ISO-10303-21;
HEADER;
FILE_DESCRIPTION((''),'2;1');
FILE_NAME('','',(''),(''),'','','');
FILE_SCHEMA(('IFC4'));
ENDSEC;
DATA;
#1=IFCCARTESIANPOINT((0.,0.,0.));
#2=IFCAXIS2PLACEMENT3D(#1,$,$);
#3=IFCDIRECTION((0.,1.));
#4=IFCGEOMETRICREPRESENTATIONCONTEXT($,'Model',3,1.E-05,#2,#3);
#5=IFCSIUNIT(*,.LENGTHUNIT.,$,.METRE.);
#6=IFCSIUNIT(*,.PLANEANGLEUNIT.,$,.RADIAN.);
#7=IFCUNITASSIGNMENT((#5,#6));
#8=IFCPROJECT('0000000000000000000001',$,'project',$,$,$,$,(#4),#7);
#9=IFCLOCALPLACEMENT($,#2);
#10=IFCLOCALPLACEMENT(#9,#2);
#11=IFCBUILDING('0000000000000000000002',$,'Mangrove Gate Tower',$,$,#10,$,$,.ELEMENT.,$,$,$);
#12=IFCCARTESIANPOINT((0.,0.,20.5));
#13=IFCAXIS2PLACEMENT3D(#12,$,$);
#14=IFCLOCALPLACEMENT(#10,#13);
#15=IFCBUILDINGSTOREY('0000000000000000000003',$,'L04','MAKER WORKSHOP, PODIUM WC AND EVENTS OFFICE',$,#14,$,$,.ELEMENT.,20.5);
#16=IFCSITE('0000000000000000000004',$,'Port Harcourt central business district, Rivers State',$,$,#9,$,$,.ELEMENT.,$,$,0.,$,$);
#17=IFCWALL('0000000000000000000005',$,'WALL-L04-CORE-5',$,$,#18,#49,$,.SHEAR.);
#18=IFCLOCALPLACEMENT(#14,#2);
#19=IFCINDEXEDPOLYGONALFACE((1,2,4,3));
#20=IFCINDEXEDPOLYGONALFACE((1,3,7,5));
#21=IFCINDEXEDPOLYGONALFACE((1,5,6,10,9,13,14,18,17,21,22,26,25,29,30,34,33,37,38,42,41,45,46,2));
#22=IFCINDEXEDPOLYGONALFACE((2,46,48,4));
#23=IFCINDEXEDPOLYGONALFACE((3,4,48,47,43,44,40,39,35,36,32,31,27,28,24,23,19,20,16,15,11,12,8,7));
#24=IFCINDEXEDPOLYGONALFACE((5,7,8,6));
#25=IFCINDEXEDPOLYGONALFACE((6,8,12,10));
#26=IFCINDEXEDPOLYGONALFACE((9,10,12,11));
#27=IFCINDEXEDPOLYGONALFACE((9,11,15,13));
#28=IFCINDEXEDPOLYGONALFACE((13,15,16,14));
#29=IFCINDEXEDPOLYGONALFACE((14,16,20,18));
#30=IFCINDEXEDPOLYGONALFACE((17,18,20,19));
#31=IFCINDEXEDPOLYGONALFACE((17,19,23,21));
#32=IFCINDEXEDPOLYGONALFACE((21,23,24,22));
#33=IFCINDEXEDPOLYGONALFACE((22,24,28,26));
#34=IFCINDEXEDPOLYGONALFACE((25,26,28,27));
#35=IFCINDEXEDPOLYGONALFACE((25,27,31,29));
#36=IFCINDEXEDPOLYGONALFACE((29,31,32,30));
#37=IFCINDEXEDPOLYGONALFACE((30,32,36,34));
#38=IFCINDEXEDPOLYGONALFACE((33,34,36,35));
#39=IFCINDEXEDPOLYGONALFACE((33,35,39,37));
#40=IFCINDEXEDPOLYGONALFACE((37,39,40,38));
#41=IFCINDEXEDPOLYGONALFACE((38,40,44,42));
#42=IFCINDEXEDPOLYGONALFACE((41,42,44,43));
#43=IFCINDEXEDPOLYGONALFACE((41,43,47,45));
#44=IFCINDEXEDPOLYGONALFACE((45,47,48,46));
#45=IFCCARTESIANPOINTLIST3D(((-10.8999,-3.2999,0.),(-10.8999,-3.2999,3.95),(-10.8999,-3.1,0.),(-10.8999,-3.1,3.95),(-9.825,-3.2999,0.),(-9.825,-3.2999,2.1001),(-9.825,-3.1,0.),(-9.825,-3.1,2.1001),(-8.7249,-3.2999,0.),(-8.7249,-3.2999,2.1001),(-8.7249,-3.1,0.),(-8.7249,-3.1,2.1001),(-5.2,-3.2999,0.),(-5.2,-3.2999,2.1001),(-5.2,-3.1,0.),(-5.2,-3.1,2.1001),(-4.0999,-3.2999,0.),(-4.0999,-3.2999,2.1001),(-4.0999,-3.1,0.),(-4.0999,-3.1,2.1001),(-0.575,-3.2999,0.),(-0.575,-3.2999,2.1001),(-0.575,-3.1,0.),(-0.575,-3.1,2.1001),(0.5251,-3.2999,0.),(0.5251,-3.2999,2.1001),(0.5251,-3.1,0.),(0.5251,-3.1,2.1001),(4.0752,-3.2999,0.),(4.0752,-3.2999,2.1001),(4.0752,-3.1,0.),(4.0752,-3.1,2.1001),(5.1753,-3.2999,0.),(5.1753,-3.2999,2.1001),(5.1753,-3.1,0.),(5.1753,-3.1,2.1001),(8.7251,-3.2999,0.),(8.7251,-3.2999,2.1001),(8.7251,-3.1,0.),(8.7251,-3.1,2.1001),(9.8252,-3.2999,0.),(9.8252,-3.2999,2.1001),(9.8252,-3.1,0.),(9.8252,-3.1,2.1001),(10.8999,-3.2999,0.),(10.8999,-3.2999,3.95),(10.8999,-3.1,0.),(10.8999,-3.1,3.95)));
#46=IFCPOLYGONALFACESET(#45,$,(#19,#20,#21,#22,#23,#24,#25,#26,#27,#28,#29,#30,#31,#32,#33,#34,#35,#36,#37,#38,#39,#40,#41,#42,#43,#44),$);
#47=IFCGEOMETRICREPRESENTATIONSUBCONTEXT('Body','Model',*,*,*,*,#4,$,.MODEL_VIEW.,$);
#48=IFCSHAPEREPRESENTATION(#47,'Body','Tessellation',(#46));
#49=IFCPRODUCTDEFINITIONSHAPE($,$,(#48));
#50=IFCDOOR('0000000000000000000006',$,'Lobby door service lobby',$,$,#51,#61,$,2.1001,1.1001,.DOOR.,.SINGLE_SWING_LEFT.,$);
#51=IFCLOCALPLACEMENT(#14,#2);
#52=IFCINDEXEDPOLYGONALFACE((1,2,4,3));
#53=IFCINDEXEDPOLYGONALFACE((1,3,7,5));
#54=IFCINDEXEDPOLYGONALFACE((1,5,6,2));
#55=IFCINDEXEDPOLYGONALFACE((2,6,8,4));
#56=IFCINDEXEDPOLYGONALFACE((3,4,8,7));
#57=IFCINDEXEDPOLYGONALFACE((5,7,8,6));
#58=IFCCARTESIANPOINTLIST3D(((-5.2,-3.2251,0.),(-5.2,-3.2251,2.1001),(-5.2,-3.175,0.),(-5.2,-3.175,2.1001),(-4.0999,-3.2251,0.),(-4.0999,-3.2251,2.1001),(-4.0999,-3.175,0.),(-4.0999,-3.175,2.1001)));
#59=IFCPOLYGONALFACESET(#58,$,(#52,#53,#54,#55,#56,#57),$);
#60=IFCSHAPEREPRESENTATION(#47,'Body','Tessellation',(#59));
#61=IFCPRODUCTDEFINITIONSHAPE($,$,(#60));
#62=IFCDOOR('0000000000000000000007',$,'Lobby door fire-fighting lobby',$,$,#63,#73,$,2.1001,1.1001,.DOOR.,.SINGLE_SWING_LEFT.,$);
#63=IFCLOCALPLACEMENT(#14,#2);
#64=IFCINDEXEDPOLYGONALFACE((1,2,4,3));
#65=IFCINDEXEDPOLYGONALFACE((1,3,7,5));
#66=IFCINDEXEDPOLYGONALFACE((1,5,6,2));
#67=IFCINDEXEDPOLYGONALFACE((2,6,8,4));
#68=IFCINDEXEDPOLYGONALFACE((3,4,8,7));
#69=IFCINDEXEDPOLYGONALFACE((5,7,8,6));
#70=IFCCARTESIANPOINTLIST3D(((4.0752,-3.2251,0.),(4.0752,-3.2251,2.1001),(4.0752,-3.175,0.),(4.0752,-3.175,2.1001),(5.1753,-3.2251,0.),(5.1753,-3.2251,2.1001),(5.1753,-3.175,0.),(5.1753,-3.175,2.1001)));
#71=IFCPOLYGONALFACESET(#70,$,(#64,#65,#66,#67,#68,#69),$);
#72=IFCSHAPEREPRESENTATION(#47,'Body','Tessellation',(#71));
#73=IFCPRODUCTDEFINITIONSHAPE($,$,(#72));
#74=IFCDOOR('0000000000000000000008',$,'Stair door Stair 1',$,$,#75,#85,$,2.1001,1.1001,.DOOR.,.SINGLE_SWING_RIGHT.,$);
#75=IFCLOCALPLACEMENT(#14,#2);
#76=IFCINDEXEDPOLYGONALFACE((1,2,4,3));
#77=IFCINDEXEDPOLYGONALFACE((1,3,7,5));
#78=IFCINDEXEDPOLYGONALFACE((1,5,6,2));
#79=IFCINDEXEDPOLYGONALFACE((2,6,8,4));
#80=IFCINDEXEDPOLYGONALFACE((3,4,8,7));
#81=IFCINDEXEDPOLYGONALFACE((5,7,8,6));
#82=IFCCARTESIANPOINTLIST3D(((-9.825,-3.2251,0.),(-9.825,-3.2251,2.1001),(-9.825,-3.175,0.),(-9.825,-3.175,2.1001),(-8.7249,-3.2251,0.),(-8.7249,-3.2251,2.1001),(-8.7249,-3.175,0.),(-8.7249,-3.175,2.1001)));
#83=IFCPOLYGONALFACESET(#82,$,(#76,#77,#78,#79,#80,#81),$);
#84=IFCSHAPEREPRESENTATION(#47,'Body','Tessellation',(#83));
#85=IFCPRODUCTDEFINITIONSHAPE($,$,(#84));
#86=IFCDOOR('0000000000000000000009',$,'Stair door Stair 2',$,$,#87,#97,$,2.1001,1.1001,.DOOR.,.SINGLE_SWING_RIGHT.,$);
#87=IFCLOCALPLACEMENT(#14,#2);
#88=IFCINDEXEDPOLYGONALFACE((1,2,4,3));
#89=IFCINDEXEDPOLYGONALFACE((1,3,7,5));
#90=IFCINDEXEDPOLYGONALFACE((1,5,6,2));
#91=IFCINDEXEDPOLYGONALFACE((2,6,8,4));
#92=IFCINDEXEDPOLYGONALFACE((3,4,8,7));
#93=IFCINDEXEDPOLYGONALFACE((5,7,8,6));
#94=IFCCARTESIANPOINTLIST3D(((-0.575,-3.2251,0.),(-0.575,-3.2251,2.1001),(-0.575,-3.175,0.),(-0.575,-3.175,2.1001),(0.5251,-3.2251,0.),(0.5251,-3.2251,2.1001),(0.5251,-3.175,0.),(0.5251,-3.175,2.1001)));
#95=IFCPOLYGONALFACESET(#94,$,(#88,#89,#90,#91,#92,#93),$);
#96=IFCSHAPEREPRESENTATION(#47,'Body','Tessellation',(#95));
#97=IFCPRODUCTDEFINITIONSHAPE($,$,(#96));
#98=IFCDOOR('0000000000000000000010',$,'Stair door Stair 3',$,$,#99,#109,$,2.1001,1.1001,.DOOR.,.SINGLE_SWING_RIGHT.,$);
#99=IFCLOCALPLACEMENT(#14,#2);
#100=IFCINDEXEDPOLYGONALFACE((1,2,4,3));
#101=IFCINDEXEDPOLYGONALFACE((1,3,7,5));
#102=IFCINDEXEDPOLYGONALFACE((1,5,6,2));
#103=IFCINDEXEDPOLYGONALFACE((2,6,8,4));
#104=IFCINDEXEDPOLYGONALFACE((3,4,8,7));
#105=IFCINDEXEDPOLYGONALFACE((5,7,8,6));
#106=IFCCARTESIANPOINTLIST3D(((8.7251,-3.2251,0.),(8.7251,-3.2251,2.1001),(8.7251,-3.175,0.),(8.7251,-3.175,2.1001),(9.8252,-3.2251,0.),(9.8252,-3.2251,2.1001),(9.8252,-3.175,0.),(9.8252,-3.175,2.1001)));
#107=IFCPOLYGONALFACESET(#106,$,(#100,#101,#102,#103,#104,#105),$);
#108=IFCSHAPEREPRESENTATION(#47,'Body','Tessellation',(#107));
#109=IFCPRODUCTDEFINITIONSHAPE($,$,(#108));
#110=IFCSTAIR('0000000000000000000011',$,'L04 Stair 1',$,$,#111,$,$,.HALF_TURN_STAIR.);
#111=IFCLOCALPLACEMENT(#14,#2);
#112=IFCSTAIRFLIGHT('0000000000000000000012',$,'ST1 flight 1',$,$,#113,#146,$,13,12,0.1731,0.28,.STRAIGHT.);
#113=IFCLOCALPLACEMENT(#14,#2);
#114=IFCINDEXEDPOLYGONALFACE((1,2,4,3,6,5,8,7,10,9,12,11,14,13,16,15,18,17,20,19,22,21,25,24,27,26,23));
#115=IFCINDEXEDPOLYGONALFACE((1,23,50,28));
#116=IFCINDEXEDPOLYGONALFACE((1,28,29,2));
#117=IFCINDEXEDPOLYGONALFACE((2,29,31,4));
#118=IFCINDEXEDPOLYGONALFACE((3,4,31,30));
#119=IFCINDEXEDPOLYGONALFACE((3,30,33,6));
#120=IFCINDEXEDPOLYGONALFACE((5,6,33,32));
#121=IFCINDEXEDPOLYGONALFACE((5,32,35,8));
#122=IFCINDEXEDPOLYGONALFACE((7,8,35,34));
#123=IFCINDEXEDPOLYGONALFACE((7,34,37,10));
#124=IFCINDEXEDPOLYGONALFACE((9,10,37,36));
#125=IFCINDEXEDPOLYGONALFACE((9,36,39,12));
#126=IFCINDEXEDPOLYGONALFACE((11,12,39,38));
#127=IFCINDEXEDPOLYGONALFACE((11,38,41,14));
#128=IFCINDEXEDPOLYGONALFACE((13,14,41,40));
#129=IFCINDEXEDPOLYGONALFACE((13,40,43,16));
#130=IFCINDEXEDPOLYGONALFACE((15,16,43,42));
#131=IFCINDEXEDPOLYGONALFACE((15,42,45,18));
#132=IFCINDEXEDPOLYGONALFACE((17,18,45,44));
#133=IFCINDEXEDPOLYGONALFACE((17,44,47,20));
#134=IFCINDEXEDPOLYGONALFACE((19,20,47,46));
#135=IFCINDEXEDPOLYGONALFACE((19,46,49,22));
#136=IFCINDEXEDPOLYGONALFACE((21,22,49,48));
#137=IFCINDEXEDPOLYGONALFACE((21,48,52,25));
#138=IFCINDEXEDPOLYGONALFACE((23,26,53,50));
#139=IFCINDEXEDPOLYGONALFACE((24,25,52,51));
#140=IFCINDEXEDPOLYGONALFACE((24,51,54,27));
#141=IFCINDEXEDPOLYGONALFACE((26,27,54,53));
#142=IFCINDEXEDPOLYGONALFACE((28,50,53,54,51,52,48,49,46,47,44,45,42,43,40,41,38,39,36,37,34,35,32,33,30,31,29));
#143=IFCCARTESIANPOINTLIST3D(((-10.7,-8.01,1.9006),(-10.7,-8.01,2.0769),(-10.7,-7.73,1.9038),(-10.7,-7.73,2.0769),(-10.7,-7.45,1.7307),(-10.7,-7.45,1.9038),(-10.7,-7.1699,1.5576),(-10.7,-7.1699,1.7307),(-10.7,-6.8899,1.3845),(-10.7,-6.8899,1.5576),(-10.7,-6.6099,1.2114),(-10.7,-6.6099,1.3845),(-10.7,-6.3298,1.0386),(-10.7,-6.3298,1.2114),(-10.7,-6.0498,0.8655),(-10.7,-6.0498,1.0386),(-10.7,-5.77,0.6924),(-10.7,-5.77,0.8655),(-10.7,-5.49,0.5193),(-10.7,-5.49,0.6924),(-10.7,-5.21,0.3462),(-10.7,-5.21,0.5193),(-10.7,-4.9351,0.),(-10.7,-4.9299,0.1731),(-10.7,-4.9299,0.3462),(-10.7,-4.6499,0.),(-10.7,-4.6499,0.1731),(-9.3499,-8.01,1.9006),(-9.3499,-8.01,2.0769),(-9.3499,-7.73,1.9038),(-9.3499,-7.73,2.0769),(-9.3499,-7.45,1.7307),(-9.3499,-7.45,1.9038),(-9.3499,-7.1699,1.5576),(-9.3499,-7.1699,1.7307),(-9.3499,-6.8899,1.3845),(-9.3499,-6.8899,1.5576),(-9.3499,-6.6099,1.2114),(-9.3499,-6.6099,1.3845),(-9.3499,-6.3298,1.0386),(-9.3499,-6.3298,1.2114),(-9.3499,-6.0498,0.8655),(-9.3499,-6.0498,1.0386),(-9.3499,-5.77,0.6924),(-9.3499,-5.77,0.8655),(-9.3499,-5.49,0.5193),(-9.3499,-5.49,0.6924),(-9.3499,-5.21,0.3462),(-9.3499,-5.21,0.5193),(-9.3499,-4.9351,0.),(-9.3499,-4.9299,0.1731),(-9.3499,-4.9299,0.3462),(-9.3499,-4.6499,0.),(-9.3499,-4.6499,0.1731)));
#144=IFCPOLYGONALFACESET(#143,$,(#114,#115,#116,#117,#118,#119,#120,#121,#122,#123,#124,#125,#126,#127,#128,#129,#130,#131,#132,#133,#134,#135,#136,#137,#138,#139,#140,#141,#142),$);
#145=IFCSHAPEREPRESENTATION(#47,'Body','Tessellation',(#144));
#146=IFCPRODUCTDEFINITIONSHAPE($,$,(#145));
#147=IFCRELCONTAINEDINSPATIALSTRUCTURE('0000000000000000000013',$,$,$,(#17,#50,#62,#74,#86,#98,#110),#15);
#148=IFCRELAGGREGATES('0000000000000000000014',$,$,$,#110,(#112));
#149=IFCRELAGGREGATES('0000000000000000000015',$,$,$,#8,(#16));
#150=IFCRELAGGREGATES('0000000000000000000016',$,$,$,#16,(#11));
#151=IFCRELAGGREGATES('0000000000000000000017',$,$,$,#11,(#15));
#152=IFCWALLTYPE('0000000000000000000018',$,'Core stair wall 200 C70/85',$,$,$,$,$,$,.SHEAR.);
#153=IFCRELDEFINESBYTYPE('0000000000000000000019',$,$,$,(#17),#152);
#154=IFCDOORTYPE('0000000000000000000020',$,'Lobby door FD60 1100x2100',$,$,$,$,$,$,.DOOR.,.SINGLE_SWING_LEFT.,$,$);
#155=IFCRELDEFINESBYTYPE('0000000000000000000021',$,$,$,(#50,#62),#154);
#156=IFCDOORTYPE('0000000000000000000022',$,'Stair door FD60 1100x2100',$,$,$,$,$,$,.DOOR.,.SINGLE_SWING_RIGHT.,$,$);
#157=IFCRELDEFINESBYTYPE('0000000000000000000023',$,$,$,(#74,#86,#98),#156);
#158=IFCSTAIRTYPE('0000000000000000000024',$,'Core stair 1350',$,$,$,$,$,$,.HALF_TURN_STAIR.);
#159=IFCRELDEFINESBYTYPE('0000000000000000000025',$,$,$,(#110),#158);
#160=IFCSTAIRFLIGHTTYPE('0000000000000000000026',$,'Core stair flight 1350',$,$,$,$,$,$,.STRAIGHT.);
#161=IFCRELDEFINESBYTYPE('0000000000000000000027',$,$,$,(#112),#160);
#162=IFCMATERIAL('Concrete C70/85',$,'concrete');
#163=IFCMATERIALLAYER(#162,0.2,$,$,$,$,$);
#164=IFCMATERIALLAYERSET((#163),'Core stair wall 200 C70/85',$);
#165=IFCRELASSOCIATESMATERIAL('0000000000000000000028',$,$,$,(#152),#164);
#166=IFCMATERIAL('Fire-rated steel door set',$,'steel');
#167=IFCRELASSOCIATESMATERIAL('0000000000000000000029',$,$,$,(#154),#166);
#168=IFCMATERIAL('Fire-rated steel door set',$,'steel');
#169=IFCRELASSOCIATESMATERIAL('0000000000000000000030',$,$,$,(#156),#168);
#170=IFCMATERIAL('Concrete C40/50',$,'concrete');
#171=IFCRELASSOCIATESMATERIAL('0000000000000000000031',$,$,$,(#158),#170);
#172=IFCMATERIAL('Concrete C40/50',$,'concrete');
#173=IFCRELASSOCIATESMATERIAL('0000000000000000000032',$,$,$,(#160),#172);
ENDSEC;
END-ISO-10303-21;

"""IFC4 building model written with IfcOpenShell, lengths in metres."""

from ifc_helpers import new_model, si_unit, direction, frame, frame_2d, origin, place, context, subcontext, project, spatial, polyline, rectangle, outline, extrude, material, layer, layer_set, type_object, element, fill, aggregate, save


model = new_model("IFC4")

# Units and contexts
model_context = context("Model", 3, precision=1e-05, world=origin(), true_north=direction((0.0, 1.0)))
body_context = subcontext(model_context, "Body", "Model", "MODEL_VIEW")
ifc_project = project(units=[si_unit("LENGTHUNIT", "METRE"), si_unit("PLANEANGLEUNIT", "RADIAN")], contexts=[model_context])

# Site, building, storey
site_placement = place(None, origin())
site = spatial("IfcSite", under=ifc_project, at=site_placement, Name="Port Harcourt central business district, Rivers State", CompositionType="ELEMENT", RefElevation=0.0)
building_placement = place(site_placement, origin())
building = spatial("IfcBuilding", under=site, at=building_placement, Name="Mangrove Gate Tower", CompositionType="ELEMENT")
storey_placement = place(building_placement, frame((0.0, 0.0, 20.5)))
storey = spatial("IfcBuildingStorey", under=building, at=storey_placement, Name="L04", Description="MAKER WORKSHOP, PODIUM WC AND EVENTS OFFICE", CompositionType="ELEMENT", Elevation=20.5)

# Wall, openings, doors
ifc_material_1 = material(Name="Concrete C70/85", Category="concrete")
ifc_layer = layer(ifc_material_1, 0.2)
ifc_layer_set = layer_set([ifc_layer], Name="Core stair wall 200 C70/85")
wall_type = type_object("IfcWallType", Name="Core stair wall 200 C70/85", PredefinedType="SHEAR", material=ifc_layer_set)
wall_placement = place(storey_placement, frame((-10.8999, -3.2, 0.0), z_axis=(0.0, 0.0, 1.0), x_axis=(1.0, 0.0, 0.0)))
wall = element("IfcWall", 1, at=wall_placement, inside=storey, type_object=wall_type, Name="WALL-L04-CORE-5", PredefinedType="SHEAR", context=body_context, shape_type="SweptSolid", body=[
    extrude(rectangle(XDim=21.7998, YDim=0.2, at=frame_2d((10.8999, 0.0))), origin(), (0.0, 0.0, 1.0), 3.95),
])
opening_1_placement = place(wall_placement, frame((1.075, 0.0, 0.0)))
opening_1 = element("IfcOpeningElement", 2, at=opening_1_placement, cuts=wall, PredefinedType="OPENING", context=body_context, shape_type="SweptSolid", body=[
    extrude(rectangle(XDim=1.1001, YDim=2.1001, at=frame_2d((0.55, 1.05))), frame((0.0, 0.1099, 0.0), z_axis=(0.0, -1.0, 0.0), x_axis=(1.0, 0.0, 0.0)), (0.0, 0.0, 1.0), 0.22),
])
opening_2_placement = place(wall_placement, frame((10.325, 0.0, 0.0)))
opening_2 = element("IfcOpeningElement", 3, at=opening_2_placement, cuts=wall, PredefinedType="OPENING", context=body_context, shape_type="SweptSolid", body=[
    extrude(rectangle(XDim=1.1001, YDim=2.1001, at=frame_2d((0.55, 1.05))), frame((0.0, 0.1099, 0.0), z_axis=(0.0, -1.0, 0.0), x_axis=(1.0, 0.0, 0.0)), (0.0, 0.0, 1.0), 0.22),
])
opening_3_placement = place(wall_placement, frame((19.625, 0.0, 0.0)))
opening_3 = element("IfcOpeningElement", 4, at=opening_3_placement, cuts=wall, PredefinedType="OPENING", context=body_context, shape_type="SweptSolid", body=[
    extrude(rectangle(XDim=1.1001, YDim=2.1001, at=frame_2d((0.55, 1.05))), frame((0.0, 0.1099, 0.0), z_axis=(0.0, -1.0, 0.0), x_axis=(1.0, 0.0, 0.0)), (0.0, 0.0, 1.0), 0.22),
])
opening_4_placement = place(wall_placement, frame((5.7, 0.0, 0.0)))
opening_4 = element("IfcOpeningElement", 5, at=opening_4_placement, cuts=wall, PredefinedType="OPENING", context=body_context, shape_type="SweptSolid", body=[
    extrude(rectangle(XDim=1.1001, YDim=2.1001, at=frame_2d((0.55, 1.05))), frame((0.0, 0.1099, 0.0), z_axis=(0.0, -1.0, 0.0), x_axis=(1.0, 0.0, 0.0)), (0.0, 0.0, 1.0), 0.22),
])
opening_5_placement = place(wall_placement, frame((14.9751, 0.0, 0.0)))
opening_5 = element("IfcOpeningElement", 6, at=opening_5_placement, cuts=wall, PredefinedType="OPENING", context=body_context, shape_type="SweptSolid", body=[
    extrude(rectangle(XDim=1.1001, YDim=2.1001, at=frame_2d((0.55, 1.05))), frame((0.0, 0.1099, 0.0), z_axis=(0.0, -1.0, 0.0), x_axis=(1.0, 0.0, 0.0)), (0.0, 0.0, 1.0), 0.22),
])
ifc_material_2 = material(Name="Fire-rated steel door set", Category="steel")
door_type_1 = type_object("IfcDoorType", Name="Lobby door FD60 1100x2100", OperationType="SINGLE_SWING_LEFT", PredefinedType="DOOR", material=ifc_material_2)
door_1_placement = place(opening_4_placement, origin())
door_1 = element("IfcDoor", 7, at=door_1_placement, inside=storey, type_object=door_type_1, Name="Lobby door service lobby", OperationType="SINGLE_SWING_LEFT", OverallHeight=2.1001, OverallWidth=1.1001, PredefinedType="DOOR", context=body_context, shape_type="SweptSolid", body=[
    extrude(rectangle(XDim=1.1001, YDim=2.1001, at=frame_2d((0.55, 1.05))), frame((0.0, 0.0249, 0.0), z_axis=(0.0, -1.0, 0.0), x_axis=(1.0, 0.0, 0.0)), (0.0, 0.0, 1.0), 0.05),
])
fill(opening_4, door_1)
door_2_placement = place(opening_5_placement, origin())
door_2 = element("IfcDoor", 8, at=door_2_placement, inside=storey, type_object=door_type_1, Name="Lobby door fire-fighting lobby", OperationType="SINGLE_SWING_LEFT", OverallHeight=2.1001, OverallWidth=1.1001, PredefinedType="DOOR", context=body_context, shape_type="SweptSolid", body=[
    extrude(rectangle(XDim=1.1001, YDim=2.1001, at=frame_2d((0.55, 1.05))), frame((0.0, 0.0249, 0.0), z_axis=(0.0, -1.0, 0.0), x_axis=(1.0, 0.0, 0.0)), (0.0, 0.0, 1.0), 0.05),
])
fill(opening_5, door_2)
ifc_material_3 = material(Name="Fire-rated steel door set", Category="steel")
door_type_2 = type_object("IfcDoorType", Name="Stair door FD60 1100x2100", OperationType="SINGLE_SWING_RIGHT", PredefinedType="DOOR", material=ifc_material_3)
door_3_placement = place(opening_1_placement, origin())
door_3 = element("IfcDoor", 9, at=door_3_placement, inside=storey, type_object=door_type_2, Name="Stair door Stair 1", OperationType="SINGLE_SWING_RIGHT", OverallHeight=2.1001, OverallWidth=1.1001, PredefinedType="DOOR", context=body_context, shape_type="SweptSolid", body=[
    extrude(rectangle(XDim=1.1001, YDim=2.1001, at=frame_2d((0.55, 1.05))), frame((0.0, 0.0249, 0.0), z_axis=(0.0, -1.0, 0.0), x_axis=(1.0, 0.0, 0.0)), (0.0, 0.0, 1.0), 0.05),
])
fill(opening_1, door_3)
door_4_placement = place(opening_2_placement, origin())
door_4 = element("IfcDoor", 10, at=door_4_placement, inside=storey, type_object=door_type_2, Name="Stair door Stair 2", OperationType="SINGLE_SWING_RIGHT", OverallHeight=2.1001, OverallWidth=1.1001, PredefinedType="DOOR", context=body_context, shape_type="SweptSolid", body=[
    extrude(rectangle(XDim=1.1001, YDim=2.1001, at=frame_2d((0.55, 1.05))), frame((0.0, 0.0249, 0.0), z_axis=(0.0, -1.0, 0.0), x_axis=(1.0, 0.0, 0.0)), (0.0, 0.0, 1.0), 0.05),
])
fill(opening_2, door_4)
door_5_placement = place(opening_3_placement, origin())
door_5 = element("IfcDoor", 11, at=door_5_placement, inside=storey, type_object=door_type_2, Name="Stair door Stair 3", OperationType="SINGLE_SWING_RIGHT", OverallHeight=2.1001, OverallWidth=1.1001, PredefinedType="DOOR", context=body_context, shape_type="SweptSolid", body=[
    extrude(rectangle(XDim=1.1001, YDim=2.1001, at=frame_2d((0.55, 1.05))), frame((0.0, 0.0249, 0.0), z_axis=(0.0, -1.0, 0.0), x_axis=(1.0, 0.0, 0.0)), (0.0, 0.0, 1.0), 0.05),
])
fill(opening_3, door_5)

# Stair, stair flight
ifc_material_4 = material(Name="Concrete C40/50", Category="concrete")
stair_type = type_object("IfcStairType", Name="Core stair 1350", PredefinedType="HALF_TURN_STAIR", material=ifc_material_4)
stair_placement = place(storey_placement, origin())
stair = element("IfcStair", 12, at=stair_placement, inside=storey, type_object=stair_type, Name="L04 Stair 1", PredefinedType="HALF_TURN_STAIR")
ifc_material_5 = material(Name="Concrete C40/50", Category="concrete")
stair_flight_type = type_object("IfcStairFlightType", Name="Core stair flight 1350", PredefinedType="STRAIGHT", material=ifc_material_5)
stair_flight_placement = place(storey_placement, frame((-10.0249, -4.6499, 0.0), z_axis=(0.0, 0.0, 1.0), x_axis=(0.0, -1.0, 0.0)))
stair_flight = element("IfcStairFlight", 13, at=stair_flight_placement, type_object=stair_flight_type, Name="ST1 flight 1", NumberOfRisers=13, NumberOfTreads=12, PredefinedType="STRAIGHT", RiserHeight=0.1731, TreadLength=0.28, context=body_context, shape_type="SweptSolid", body=[
    extrude(outline(polyline([(0.0, 0.0), (0.0, 0.1731), (0.28, 0.1731), (0.28, 0.3462), (0.5601, 0.3462), (0.5601, 0.5193), (0.8401, 0.5193), (0.8401, 0.6924), (1.1201, 0.6924), (1.1201, 0.8655), (1.3999, 0.8655), (1.3999, 1.0386), (1.6799, 1.0386), (1.6799, 1.2114), (1.96, 1.2114), (1.96, 1.3845), (2.24, 1.3845), (2.24, 1.5576), (2.52, 1.5576), (2.52, 1.7307), (2.8, 1.7307), (2.8, 1.9038), (3.0801, 1.9038), (3.0801, 2.0769), (3.3601, 2.0769), (3.3601, 2.25), (3.3601, 1.9006), (0.2852, 0.0), (0.0, 0.0)])), frame((0.0, 0.675, 0.0), z_axis=(0.0, -1.0, 0.0), x_axis=(1.0, 0.0, 0.0)), (0.0, 0.0, 1.0), 1.3501),
])
aggregate(stair, [stair_flight])

save(model, "model.ifc")
